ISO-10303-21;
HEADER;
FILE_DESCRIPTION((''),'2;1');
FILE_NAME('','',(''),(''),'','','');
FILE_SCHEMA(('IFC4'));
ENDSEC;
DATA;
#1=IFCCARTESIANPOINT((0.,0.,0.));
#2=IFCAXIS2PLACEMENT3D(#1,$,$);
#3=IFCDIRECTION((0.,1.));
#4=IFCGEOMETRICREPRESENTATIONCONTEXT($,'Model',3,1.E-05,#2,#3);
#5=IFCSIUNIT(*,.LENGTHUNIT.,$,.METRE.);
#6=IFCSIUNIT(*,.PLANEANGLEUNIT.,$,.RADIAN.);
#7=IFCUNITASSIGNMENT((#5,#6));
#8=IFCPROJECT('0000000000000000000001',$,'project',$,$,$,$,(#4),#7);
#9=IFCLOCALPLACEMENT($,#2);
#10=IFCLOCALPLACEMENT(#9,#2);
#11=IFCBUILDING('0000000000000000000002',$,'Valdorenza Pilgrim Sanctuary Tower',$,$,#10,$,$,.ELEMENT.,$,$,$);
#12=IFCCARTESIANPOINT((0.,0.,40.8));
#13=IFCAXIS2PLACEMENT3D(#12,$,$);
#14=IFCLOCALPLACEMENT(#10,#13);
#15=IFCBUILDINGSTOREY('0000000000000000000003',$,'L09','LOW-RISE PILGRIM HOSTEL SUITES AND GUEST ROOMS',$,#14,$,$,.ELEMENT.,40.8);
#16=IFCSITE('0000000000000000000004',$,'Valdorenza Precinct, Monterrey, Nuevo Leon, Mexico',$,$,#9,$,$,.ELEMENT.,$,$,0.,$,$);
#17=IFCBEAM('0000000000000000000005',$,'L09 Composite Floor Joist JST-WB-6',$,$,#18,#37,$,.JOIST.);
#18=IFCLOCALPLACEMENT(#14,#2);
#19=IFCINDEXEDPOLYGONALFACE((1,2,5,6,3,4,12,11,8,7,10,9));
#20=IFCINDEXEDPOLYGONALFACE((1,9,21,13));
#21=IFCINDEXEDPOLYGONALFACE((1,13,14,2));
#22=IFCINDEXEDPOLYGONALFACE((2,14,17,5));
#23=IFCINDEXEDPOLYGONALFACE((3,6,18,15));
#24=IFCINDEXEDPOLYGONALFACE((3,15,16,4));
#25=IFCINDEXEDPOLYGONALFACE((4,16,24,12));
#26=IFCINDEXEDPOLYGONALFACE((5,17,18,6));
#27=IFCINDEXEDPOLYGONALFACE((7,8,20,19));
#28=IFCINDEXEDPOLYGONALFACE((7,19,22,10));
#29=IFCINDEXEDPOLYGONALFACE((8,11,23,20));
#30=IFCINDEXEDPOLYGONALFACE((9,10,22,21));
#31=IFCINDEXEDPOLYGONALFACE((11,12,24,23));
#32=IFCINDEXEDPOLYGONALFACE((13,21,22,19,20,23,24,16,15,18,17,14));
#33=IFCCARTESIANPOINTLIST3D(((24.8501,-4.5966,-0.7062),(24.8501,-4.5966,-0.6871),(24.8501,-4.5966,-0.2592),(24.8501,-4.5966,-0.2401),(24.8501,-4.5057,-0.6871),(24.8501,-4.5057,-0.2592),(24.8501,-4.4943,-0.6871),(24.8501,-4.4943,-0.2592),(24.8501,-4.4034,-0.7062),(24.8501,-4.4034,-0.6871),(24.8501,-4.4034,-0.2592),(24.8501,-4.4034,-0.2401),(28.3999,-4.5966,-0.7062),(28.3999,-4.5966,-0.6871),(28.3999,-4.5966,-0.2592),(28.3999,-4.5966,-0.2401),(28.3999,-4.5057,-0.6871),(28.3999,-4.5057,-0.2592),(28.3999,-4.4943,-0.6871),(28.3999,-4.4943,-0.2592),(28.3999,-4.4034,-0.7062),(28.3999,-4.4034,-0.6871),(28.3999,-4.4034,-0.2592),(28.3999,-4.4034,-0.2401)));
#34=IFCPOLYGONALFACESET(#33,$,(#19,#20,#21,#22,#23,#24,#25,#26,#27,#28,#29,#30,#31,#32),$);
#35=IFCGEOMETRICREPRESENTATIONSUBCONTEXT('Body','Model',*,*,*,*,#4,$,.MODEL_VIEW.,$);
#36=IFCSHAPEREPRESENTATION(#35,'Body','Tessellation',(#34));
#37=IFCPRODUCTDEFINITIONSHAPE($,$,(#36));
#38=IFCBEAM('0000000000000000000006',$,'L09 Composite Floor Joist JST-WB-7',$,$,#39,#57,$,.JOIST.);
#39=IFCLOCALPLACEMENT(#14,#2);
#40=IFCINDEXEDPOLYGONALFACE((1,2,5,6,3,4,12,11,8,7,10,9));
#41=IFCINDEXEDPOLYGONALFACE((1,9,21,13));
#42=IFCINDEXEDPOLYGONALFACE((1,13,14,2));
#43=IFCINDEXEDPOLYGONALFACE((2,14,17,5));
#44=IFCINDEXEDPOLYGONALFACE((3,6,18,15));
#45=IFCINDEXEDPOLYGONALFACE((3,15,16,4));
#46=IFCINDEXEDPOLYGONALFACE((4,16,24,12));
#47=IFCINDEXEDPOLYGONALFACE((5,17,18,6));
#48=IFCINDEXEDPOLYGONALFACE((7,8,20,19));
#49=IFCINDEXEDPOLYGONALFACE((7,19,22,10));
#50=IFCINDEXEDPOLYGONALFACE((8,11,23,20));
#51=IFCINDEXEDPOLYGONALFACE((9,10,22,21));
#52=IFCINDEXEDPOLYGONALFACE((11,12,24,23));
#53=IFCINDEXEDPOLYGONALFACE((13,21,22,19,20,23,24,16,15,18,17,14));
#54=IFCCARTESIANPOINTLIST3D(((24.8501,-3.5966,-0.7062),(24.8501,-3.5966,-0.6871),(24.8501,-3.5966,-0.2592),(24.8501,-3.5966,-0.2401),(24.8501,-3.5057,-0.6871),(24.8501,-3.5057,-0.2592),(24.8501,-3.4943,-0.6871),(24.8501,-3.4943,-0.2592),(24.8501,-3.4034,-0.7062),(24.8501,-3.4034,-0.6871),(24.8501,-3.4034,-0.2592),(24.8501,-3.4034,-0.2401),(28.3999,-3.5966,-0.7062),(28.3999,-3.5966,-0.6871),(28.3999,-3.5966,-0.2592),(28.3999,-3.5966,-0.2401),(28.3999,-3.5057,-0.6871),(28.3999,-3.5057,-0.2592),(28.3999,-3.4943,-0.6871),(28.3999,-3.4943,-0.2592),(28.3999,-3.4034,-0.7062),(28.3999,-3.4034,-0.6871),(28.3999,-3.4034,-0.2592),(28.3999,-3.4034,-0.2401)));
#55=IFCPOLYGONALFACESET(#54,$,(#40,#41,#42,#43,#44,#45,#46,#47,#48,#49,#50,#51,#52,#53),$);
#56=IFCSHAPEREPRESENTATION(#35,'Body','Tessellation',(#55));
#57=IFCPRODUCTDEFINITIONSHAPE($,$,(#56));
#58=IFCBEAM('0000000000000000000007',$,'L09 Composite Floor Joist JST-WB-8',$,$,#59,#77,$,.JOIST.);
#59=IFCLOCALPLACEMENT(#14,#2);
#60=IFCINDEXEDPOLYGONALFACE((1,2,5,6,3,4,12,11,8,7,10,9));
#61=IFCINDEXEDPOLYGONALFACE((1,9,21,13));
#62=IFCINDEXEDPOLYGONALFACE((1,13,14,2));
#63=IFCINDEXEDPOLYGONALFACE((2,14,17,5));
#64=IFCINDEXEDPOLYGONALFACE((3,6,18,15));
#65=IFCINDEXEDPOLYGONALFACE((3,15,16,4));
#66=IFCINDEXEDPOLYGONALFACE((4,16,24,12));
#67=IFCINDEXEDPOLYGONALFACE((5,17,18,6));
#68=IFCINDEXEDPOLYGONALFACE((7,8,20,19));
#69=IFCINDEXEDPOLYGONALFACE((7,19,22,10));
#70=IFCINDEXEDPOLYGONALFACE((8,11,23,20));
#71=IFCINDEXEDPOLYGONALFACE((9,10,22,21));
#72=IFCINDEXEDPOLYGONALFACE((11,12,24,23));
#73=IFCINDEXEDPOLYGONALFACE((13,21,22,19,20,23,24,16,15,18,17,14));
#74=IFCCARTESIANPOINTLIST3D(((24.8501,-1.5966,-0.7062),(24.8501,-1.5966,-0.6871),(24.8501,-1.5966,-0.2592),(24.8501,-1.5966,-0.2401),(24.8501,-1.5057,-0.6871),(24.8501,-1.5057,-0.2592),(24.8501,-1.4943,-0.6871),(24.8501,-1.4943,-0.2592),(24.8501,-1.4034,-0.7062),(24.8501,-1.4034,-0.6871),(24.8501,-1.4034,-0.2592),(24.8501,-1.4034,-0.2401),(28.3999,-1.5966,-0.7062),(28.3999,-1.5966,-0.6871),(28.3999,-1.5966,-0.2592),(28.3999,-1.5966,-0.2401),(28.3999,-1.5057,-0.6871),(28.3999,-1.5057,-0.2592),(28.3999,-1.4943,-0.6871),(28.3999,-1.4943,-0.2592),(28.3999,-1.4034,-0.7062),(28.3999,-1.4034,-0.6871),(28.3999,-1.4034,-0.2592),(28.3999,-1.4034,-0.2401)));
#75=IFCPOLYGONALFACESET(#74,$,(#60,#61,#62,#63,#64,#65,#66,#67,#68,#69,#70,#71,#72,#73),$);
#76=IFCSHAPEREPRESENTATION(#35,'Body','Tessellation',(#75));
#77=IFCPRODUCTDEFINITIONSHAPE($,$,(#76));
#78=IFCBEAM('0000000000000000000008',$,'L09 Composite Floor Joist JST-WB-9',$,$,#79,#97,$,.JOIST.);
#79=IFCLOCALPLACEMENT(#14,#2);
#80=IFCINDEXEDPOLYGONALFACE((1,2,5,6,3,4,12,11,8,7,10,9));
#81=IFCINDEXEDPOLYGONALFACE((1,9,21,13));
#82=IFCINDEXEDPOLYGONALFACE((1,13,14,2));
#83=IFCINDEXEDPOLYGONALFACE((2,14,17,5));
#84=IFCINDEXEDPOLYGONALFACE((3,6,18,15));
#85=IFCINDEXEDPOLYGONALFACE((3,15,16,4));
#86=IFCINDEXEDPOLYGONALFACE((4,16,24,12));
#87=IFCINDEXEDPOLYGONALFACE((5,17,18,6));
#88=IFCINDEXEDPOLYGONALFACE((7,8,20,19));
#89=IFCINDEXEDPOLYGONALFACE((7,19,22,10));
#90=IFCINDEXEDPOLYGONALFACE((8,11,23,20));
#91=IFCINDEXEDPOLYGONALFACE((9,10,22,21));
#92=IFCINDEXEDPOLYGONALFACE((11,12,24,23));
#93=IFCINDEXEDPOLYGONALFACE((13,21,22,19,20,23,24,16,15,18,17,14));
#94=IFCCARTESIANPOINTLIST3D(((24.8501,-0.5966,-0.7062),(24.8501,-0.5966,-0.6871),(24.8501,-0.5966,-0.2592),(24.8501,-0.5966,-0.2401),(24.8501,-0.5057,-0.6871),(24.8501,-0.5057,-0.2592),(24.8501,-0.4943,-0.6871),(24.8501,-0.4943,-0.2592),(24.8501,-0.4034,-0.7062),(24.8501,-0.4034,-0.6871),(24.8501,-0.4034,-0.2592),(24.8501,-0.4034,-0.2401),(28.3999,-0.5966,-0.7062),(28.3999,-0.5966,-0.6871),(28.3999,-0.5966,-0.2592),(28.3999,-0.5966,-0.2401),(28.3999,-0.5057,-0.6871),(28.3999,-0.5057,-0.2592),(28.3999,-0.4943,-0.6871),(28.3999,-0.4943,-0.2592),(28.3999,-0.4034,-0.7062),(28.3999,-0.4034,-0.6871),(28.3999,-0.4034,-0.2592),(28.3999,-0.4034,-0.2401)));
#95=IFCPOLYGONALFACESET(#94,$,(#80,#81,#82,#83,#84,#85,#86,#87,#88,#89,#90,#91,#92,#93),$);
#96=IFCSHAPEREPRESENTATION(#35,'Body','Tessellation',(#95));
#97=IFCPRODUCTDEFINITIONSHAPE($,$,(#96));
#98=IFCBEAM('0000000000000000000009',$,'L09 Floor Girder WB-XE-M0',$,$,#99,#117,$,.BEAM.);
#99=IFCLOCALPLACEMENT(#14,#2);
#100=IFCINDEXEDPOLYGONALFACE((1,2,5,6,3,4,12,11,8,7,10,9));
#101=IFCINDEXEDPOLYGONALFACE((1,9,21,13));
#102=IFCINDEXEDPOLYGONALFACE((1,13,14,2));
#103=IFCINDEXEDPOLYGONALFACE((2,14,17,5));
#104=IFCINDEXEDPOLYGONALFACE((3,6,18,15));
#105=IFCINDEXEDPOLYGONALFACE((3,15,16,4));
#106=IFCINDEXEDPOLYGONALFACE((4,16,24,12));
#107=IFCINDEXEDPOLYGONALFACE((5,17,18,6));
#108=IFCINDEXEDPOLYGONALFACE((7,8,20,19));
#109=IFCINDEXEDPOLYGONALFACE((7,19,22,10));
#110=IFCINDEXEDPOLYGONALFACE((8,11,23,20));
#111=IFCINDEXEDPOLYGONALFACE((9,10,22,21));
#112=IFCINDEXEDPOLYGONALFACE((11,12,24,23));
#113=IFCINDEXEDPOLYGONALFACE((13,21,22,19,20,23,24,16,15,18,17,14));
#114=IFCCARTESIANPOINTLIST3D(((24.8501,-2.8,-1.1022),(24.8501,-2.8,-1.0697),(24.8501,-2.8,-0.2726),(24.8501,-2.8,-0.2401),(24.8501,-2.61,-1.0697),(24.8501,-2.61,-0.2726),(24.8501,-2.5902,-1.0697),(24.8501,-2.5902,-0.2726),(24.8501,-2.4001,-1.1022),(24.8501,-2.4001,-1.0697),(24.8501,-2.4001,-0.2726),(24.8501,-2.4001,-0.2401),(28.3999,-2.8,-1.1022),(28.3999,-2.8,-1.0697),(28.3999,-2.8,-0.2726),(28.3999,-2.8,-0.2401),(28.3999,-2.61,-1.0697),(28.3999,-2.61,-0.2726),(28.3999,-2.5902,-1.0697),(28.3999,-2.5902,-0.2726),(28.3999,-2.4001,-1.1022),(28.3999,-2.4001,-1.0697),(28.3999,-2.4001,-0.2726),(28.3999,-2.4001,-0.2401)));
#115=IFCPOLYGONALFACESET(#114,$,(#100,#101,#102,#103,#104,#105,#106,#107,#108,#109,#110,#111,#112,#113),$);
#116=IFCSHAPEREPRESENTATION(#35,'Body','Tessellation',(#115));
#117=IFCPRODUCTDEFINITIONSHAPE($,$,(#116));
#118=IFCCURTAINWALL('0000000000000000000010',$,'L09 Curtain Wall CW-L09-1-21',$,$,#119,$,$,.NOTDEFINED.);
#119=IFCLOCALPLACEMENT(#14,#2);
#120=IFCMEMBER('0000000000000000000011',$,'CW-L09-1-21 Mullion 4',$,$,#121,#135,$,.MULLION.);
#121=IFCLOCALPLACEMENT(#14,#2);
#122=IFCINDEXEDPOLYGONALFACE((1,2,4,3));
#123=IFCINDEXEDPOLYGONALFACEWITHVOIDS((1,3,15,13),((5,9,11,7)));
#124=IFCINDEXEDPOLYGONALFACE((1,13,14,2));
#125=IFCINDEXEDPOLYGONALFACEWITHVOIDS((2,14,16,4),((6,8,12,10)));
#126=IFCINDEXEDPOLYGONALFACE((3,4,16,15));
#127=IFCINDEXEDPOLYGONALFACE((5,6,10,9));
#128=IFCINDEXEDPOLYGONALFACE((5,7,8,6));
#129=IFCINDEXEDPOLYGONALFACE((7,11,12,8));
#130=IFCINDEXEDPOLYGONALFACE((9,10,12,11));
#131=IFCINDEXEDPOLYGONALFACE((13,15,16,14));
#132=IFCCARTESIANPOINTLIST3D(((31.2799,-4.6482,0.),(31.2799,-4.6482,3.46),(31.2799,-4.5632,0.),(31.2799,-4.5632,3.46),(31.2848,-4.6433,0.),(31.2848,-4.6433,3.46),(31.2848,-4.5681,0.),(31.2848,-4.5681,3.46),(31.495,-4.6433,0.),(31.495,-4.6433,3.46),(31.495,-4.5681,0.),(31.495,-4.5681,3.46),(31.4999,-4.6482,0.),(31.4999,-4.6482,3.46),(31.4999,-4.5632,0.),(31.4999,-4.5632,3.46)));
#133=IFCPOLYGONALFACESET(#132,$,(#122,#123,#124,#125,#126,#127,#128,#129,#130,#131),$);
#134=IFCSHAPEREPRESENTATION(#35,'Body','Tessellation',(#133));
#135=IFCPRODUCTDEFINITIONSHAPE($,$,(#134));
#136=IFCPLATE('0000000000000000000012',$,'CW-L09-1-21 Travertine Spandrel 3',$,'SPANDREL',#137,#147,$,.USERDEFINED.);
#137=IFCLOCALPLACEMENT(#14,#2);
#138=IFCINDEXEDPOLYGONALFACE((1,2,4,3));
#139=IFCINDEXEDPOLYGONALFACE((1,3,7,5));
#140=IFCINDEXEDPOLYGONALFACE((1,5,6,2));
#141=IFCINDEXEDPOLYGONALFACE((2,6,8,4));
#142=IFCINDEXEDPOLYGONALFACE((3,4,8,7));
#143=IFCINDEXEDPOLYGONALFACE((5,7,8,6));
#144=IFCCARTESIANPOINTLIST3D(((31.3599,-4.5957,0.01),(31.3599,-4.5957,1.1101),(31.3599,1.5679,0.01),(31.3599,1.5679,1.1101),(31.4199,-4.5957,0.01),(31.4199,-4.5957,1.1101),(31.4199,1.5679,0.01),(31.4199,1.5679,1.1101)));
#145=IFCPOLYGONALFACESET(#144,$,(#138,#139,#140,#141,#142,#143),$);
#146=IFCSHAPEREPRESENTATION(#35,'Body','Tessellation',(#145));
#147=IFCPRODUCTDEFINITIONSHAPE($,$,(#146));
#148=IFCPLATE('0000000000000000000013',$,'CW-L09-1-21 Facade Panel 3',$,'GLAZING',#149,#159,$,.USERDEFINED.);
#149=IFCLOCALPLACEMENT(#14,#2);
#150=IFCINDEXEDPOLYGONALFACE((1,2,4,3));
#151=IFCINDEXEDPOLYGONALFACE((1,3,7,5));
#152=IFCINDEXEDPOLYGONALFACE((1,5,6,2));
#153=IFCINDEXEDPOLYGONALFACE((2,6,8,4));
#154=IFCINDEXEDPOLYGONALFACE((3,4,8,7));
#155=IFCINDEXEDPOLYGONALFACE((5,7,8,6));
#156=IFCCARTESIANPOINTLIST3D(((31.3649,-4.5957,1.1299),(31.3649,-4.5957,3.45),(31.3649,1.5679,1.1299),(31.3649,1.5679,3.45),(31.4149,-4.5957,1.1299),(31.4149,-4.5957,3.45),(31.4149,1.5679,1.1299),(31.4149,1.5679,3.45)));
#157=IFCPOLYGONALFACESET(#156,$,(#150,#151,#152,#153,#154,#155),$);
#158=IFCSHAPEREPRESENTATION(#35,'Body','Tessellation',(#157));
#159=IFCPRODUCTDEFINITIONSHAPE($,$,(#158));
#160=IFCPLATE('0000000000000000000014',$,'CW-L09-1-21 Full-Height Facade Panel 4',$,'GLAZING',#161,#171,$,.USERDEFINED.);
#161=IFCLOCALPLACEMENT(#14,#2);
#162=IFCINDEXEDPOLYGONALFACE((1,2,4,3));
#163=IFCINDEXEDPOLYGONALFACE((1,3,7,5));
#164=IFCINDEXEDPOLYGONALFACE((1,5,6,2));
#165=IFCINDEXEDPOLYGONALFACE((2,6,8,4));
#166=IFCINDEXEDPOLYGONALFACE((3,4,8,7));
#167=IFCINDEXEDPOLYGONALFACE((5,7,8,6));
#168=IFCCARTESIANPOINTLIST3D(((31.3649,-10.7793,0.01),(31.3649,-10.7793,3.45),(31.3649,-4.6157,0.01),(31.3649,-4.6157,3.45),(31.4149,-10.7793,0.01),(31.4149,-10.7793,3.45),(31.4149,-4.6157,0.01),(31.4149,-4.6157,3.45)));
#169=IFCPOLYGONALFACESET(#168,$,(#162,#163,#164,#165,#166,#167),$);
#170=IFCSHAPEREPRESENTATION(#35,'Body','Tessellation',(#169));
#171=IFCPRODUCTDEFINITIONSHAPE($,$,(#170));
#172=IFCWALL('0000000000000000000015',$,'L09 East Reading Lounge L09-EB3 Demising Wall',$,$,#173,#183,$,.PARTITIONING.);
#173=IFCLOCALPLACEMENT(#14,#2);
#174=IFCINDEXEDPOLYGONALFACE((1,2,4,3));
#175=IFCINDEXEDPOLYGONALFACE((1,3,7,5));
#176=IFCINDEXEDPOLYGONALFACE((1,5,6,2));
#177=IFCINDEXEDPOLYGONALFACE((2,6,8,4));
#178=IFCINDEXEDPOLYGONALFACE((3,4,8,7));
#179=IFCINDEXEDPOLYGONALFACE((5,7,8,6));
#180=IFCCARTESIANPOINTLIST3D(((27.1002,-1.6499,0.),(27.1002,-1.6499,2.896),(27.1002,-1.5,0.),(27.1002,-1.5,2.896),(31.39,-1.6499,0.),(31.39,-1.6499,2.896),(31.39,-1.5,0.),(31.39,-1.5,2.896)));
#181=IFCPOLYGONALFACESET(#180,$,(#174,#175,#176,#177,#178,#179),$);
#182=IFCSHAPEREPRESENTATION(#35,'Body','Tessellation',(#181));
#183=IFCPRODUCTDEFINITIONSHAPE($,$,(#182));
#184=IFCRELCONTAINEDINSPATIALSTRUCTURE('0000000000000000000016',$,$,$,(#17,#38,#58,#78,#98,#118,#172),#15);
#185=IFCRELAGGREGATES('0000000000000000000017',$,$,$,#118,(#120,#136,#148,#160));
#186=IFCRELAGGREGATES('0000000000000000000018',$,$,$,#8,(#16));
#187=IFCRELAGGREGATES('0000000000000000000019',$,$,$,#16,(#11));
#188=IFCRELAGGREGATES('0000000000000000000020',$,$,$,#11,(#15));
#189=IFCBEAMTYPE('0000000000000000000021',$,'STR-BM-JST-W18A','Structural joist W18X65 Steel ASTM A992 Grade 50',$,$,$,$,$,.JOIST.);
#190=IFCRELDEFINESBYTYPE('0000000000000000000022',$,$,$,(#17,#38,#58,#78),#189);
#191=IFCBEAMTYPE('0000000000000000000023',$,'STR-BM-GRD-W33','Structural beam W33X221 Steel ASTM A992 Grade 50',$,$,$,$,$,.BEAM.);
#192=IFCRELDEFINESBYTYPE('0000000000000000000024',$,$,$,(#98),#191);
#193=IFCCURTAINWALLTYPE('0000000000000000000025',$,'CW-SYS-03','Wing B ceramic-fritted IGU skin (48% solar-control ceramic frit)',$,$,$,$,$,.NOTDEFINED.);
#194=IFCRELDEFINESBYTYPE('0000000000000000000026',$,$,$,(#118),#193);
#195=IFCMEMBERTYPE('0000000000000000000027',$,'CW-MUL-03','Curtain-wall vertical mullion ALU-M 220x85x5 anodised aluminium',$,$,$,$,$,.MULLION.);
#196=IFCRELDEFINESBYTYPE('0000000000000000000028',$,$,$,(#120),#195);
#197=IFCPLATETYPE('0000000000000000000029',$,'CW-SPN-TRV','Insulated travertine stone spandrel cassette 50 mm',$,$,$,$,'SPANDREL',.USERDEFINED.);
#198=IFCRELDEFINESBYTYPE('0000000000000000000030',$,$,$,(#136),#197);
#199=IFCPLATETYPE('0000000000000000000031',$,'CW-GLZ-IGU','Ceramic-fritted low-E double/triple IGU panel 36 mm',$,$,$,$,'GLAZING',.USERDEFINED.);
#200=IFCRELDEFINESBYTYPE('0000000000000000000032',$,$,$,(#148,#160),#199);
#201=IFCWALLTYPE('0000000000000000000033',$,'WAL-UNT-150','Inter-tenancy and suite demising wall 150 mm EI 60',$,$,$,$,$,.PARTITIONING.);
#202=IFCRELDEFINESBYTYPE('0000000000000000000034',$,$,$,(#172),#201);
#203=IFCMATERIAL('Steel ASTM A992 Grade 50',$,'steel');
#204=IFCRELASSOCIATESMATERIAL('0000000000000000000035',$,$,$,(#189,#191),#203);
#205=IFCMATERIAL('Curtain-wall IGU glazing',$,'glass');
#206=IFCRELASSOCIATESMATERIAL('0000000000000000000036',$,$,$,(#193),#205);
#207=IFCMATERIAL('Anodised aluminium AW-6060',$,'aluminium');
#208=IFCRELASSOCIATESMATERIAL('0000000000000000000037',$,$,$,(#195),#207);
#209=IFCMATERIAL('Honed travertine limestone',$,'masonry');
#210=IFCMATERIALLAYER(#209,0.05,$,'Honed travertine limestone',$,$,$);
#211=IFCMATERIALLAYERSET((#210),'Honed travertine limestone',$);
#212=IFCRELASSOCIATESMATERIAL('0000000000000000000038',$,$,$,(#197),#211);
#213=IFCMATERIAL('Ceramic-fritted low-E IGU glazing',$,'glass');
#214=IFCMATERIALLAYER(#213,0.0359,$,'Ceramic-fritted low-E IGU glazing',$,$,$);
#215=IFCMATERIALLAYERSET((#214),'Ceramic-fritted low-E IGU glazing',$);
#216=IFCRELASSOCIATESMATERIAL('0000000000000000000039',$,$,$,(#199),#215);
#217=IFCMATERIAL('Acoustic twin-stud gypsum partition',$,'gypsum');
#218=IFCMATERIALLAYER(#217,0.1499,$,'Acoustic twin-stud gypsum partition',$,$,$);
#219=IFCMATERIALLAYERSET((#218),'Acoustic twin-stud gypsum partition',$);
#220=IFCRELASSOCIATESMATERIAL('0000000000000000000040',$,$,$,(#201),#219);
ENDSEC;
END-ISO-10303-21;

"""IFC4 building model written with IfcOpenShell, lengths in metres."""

from ifc_helpers import new_model, si_unit, direction, frame, frame_2d, origin, origin_2d, place, context, subcontext, project, spatial, rectangle, hollow_rectangle, i_section, extrude, source, transform, mapped, material, layer, layer_set, material_profile, profile_set, type_object, element, aggregate, save


model = new_model("IFC4")

# Units and contexts
model_context = context("Model", 3, precision=1e-05, world=origin(), true_north=direction((0.0, 1.0)))
body_context = subcontext(model_context, "Body", "Model", "MODEL_VIEW")
ifc_project = project(units=[si_unit("LENGTHUNIT", "METRE"), si_unit("PLANEANGLEUNIT", "RADIAN")], contexts=[model_context])

# Site, building, storey
site_placement = place(None, origin())
site = spatial("IfcSite", under=ifc_project, at=site_placement, Name="Valdorenza Precinct, Monterrey, Nuevo Leon, Mexico", CompositionType="ELEMENT", RefElevation=0.0)
building_placement = place(site_placement, origin())
building = spatial("IfcBuilding", under=site, at=building_placement, Name="Valdorenza Pilgrim Sanctuary Tower", CompositionType="ELEMENT")
storey_placement = place(building_placement, frame((0.0, 0.0, 40.8)))
storey = spatial("IfcBuildingStorey", under=building, at=storey_placement, Name="L09", Description="LOW-RISE PILGRIM HOSTEL SUITES AND GUEST ROOMS", CompositionType="ELEMENT", Elevation=40.8)

# Beams
ifc_material_1 = material(Name="Steel ASTM A992 Grade 50", Category="steel")
ifc_material_profile_1 = material_profile(ifc_material_1, i_section(OverallWidth=0.1931, OverallDepth=0.4661, WebThickness=0.0115, FlangeThickness=0.019, at=origin_2d()), Name="W18X65")
ifc_profile_set_1 = profile_set([ifc_material_profile_1], Name="Steel ASTM A992 Grade 50")
beam_type_1 = type_object("IfcBeamType", Name="STR-BM-JST-W18A", Description="Structural joist W18X65 Steel ASTM A992 Grade 50", PredefinedType="JOIST", material=ifc_profile_set_1)
shared_shape_1 = source(origin(), body_context, "Body", "SweptSolid", [
    extrude(i_section(OverallWidth=0.1931, OverallDepth=0.4661, WebThickness=0.0115, FlangeThickness=0.019, at=origin_2d()), origin(), (0.0, 0.0, 1.0), 3.5498),
])
for number, where, z_axis, x_axis, name in (
    (1, (24.8501, -4.5, -0.4731), (1.0, 0.0, 0.0), (0.0, 1.0, 0.0), "L09 Composite Floor Joist JST-WB-6"),
    (2, (24.8501, -3.5, -0.4731), (1.0, 0.0, 0.0), (0.0, 1.0, 0.0), "L09 Composite Floor Joist JST-WB-7"),
    (3, (24.8501, -1.5, -0.4731), (1.0, 0.0, 0.0), (0.0, 1.0, 0.0), "L09 Composite Floor Joist JST-WB-8"),
    (4, (24.8501, -0.5, -0.4731), (1.0, 0.0, 0.0), (0.0, 1.0, 0.0), "L09 Composite Floor Joist JST-WB-9"),
):
    element("IfcBeam", number, at=place(storey_placement, frame(where, z_axis=z_axis, x_axis=x_axis)), inside=storey, type_object=beam_type_1, Name=name, PredefinedType="JOIST", context=body_context, shape_type="MappedRepresentation", body=[
        mapped(shared_shape_1, transform((0.0, 0.0, 0.0), x_axis=(1.0, 0.0, 0.0), y_axis=(0.0, 1.0, 0.0), z_axis=(0.0, 0.0, 1.0), scale=1.0)),
    ])
ifc_material_profile_2 = material_profile(ifc_material_1, i_section(OverallWidth=0.3999, OverallDepth=0.8621, WebThickness=0.0198, FlangeThickness=0.0325, at=origin_2d()), Name="W33X221")
ifc_profile_set_2 = profile_set([ifc_material_profile_2], Name="Steel ASTM A992 Grade 50")
beam_type_2 = type_object("IfcBeamType", Name="STR-BM-GRD-W33", Description="Structural beam W33X221 Steel ASTM A992 Grade 50", PredefinedType="BEAM", material=ifc_profile_set_2)
shared_shape_2 = source(origin(), body_context, "Body", "SweptSolid", [
    extrude(i_section(OverallWidth=0.3999, OverallDepth=0.8621, WebThickness=0.0198, FlangeThickness=0.0325, at=origin_2d()), origin(), (0.0, 0.0, 1.0), 3.5498),
])
beam_1_placement = place(storey_placement, frame((24.8501, -2.6001, -0.6711), z_axis=(1.0, 0.0, 0.0), x_axis=(0.0, 1.0, 0.0)))
element("IfcBeam", 5, at=beam_1_placement, inside=storey, type_object=beam_type_2, Name="L09 Floor Girder WB-XE-M0", PredefinedType="BEAM", context=body_context, shape_type="MappedRepresentation", body=[
    mapped(shared_shape_2, transform((0.0, 0.0, 0.0), x_axis=(1.0, 0.0, 0.0), y_axis=(0.0, 1.0, 0.0), z_axis=(0.0, 0.0, 1.0), scale=1.0)),
])

# Curtain wall, member, plates
ifc_material_2 = material(Name="Curtain-wall IGU glazing", Category="glass")
curtain_wall_type = type_object("IfcCurtainWallType", Name="CW-SYS-03", Description="Wing B ceramic-fritted IGU skin (48% solar-control ceramic frit)", PredefinedType="NOTDEFINED", material=ifc_material_2)
curtain_wall_placement = place(storey_placement, origin())
curtain_wall = element("IfcCurtainWall", 6, at=curtain_wall_placement, inside=storey, type_object=curtain_wall_type, Name="L09 Curtain Wall CW-L09-1-21", PredefinedType="NOTDEFINED")
ifc_material_3 = material(Name="Anodised aluminium AW-6060", Category="aluminium")
ifc_material_profile_3 = material_profile(ifc_material_3, hollow_rectangle(XDim=0.085, YDim=0.22, WallThickness=0.0049, at=origin_2d()), Name="ALU-M 220x85x5")
ifc_profile_set_3 = profile_set([ifc_material_profile_3], Name="Anodised aluminium AW-6060")
member_type = type_object("IfcMemberType", Name="CW-MUL-03", Description="Curtain-wall vertical mullion ALU-M 220x85x5 anodised aluminium", PredefinedType="MULLION", material=ifc_profile_set_3)
shared_shape_3 = source(origin(), body_context, "Body", "SweptSolid", [
    extrude(hollow_rectangle(XDim=0.085, YDim=0.22, WallThickness=0.0049, at=origin_2d()), origin(), (0.0, 0.0, 1.0), 3.46),
])
member_placement = place(storey_placement, frame((31.3899, -4.6057, 0.0), z_axis=(0.0, 0.0, 1.0), x_axis=(0.0, -1.0, 0.0)))
member = element("IfcMember", 7, at=member_placement, type_object=member_type, Name="CW-L09-1-21 Mullion 4", PredefinedType="MULLION", context=body_context, shape_type="MappedRepresentation", body=[
    mapped(shared_shape_3, transform((0.0, 0.0, 0.0), x_axis=(1.0, 0.0, 0.0), y_axis=(0.0, 1.0, 0.0), z_axis=(0.0, 0.0, 1.0), scale=1.0)),
])
ifc_material_4 = material(Name="Honed travertine limestone", Category="masonry")
ifc_layer_1 = layer(ifc_material_4, 0.05, Name="Honed travertine limestone")
ifc_layer_set_1 = layer_set([ifc_layer_1], Name="Honed travertine limestone")
plate_type_1 = type_object("IfcPlateType", Name="CW-SPN-TRV", Description="Insulated travertine stone spandrel cassette 50 mm", ElementType="SPANDREL", PredefinedType="USERDEFINED", material=ifc_layer_set_1)
shared_shape_4 = source(origin(), body_context, "Body", "SweptSolid", [
    extrude(rectangle(XDim=6.1636, YDim=0.0601, at=origin_2d()), origin(), (0.0, 0.0, 1.0), 1.1001),
])
plate_1_placement = place(storey_placement, frame((31.3899, -1.5139, 0.01), z_axis=(0.0, 0.0, 1.0), x_axis=(0.0, -1.0, 0.0)))
plate_1 = element("IfcPlate", 8, at=plate_1_placement, type_object=plate_type_1, Name="CW-L09-1-21 Travertine Spandrel 3", ObjectType="SPANDREL", PredefinedType="USERDEFINED", context=body_context, shape_type="MappedRepresentation", body=[
    mapped(shared_shape_4, transform((0.0, 0.0, 0.0), x_axis=(1.0, 0.0, 0.0), y_axis=(0.0, 1.0, 0.0), z_axis=(0.0, 0.0, 1.0), scale=1.0)),
])
ifc_material_5 = material(Name="Ceramic-fritted low-E IGU glazing", Category="glass")
ifc_layer_2 = layer(ifc_material_5, 0.0359, Name="Ceramic-fritted low-E IGU glazing")
ifc_layer_set_2 = layer_set([ifc_layer_2], Name="Ceramic-fritted low-E IGU glazing")
plate_type_2 = type_object("IfcPlateType", Name="CW-GLZ-IGU", Description="Ceramic-fritted low-E double/triple IGU panel 36 mm", ElementType="GLAZING", PredefinedType="USERDEFINED", material=ifc_layer_set_2)
shared_shape_5 = source(origin(), body_context, "Body", "SweptSolid", [
    extrude(rectangle(XDim=6.1636, YDim=0.05, at=origin_2d()), origin(), (0.0, 0.0, 1.0), 2.3201),
])
plate_2_placement = place(storey_placement, frame((31.3899, -1.5139, 1.1299), z_axis=(0.0, 0.0, 1.0), x_axis=(0.0, -1.0, 0.0)))
plate_2 = element("IfcPlate", 9, at=plate_2_placement, type_object=plate_type_2, Name="CW-L09-1-21 Facade Panel 3", ObjectType="GLAZING", PredefinedType="USERDEFINED", context=body_context, shape_type="MappedRepresentation", body=[
    mapped(shared_shape_5, transform((0.0, 0.0, 0.0), x_axis=(1.0, 0.0, 0.0), y_axis=(0.0, 1.0, 0.0), z_axis=(0.0, 0.0, 1.0), scale=1.0)),
])
shared_shape_6 = source(origin(), body_context, "Body", "SweptSolid", [
    extrude(rectangle(XDim=6.1636, YDim=0.05, at=origin_2d()), origin(), (0.0, 0.0, 1.0), 3.4399),
])
plate_3_placement = place(storey_placement, frame((31.3899, -7.6975, 0.01), z_axis=(0.0, 0.0, 1.0), x_axis=(0.0, -1.0, 0.0)))
plate_3 = element("IfcPlate", 10, at=plate_3_placement, type_object=plate_type_2, Name="CW-L09-1-21 Full-Height Facade Panel 4", ObjectType="GLAZING", PredefinedType="USERDEFINED", context=body_context, shape_type="MappedRepresentation", body=[
    mapped(shared_shape_6, transform((0.0, 0.0, 0.0), x_axis=(1.0, 0.0, 0.0), y_axis=(0.0, 1.0, 0.0), z_axis=(0.0, 0.0, 1.0), scale=1.0)),
])
aggregate(curtain_wall, [member, plate_1, plate_2, plate_3])

# Wall
ifc_material_6 = material(Name="Acoustic twin-stud gypsum partition", Category="gypsum")
ifc_layer_3 = layer(ifc_material_6, 0.1499, Name="Acoustic twin-stud gypsum partition")
ifc_layer_set_3 = layer_set([ifc_layer_3], Name="Acoustic twin-stud gypsum partition")
wall_type = type_object("IfcWallType", Name="WAL-UNT-150", Description="Inter-tenancy and suite demising wall 150 mm EI 60", PredefinedType="PARTITIONING", material=ifc_layer_set_3)
wall_placement = place(storey_placement, frame((27.1001, -1.575, 0.0), z_axis=(0.0, 0.0, 1.0), x_axis=(1.0, 0.0, 0.0)))
element("IfcWall", 11, at=wall_placement, inside=storey, type_object=wall_type, Name="L09 East Reading Lounge L09-EB3 Demising Wall", PredefinedType="PARTITIONING", context=body_context, shape_type="SweptSolid", body=[
    extrude(rectangle(XDim=4.2898, YDim=0.1499, at=frame_2d((2.145, 0.0))), origin(), (0.0, 0.0, 1.0), 2.896),
])

save(model, "model.ifc")
